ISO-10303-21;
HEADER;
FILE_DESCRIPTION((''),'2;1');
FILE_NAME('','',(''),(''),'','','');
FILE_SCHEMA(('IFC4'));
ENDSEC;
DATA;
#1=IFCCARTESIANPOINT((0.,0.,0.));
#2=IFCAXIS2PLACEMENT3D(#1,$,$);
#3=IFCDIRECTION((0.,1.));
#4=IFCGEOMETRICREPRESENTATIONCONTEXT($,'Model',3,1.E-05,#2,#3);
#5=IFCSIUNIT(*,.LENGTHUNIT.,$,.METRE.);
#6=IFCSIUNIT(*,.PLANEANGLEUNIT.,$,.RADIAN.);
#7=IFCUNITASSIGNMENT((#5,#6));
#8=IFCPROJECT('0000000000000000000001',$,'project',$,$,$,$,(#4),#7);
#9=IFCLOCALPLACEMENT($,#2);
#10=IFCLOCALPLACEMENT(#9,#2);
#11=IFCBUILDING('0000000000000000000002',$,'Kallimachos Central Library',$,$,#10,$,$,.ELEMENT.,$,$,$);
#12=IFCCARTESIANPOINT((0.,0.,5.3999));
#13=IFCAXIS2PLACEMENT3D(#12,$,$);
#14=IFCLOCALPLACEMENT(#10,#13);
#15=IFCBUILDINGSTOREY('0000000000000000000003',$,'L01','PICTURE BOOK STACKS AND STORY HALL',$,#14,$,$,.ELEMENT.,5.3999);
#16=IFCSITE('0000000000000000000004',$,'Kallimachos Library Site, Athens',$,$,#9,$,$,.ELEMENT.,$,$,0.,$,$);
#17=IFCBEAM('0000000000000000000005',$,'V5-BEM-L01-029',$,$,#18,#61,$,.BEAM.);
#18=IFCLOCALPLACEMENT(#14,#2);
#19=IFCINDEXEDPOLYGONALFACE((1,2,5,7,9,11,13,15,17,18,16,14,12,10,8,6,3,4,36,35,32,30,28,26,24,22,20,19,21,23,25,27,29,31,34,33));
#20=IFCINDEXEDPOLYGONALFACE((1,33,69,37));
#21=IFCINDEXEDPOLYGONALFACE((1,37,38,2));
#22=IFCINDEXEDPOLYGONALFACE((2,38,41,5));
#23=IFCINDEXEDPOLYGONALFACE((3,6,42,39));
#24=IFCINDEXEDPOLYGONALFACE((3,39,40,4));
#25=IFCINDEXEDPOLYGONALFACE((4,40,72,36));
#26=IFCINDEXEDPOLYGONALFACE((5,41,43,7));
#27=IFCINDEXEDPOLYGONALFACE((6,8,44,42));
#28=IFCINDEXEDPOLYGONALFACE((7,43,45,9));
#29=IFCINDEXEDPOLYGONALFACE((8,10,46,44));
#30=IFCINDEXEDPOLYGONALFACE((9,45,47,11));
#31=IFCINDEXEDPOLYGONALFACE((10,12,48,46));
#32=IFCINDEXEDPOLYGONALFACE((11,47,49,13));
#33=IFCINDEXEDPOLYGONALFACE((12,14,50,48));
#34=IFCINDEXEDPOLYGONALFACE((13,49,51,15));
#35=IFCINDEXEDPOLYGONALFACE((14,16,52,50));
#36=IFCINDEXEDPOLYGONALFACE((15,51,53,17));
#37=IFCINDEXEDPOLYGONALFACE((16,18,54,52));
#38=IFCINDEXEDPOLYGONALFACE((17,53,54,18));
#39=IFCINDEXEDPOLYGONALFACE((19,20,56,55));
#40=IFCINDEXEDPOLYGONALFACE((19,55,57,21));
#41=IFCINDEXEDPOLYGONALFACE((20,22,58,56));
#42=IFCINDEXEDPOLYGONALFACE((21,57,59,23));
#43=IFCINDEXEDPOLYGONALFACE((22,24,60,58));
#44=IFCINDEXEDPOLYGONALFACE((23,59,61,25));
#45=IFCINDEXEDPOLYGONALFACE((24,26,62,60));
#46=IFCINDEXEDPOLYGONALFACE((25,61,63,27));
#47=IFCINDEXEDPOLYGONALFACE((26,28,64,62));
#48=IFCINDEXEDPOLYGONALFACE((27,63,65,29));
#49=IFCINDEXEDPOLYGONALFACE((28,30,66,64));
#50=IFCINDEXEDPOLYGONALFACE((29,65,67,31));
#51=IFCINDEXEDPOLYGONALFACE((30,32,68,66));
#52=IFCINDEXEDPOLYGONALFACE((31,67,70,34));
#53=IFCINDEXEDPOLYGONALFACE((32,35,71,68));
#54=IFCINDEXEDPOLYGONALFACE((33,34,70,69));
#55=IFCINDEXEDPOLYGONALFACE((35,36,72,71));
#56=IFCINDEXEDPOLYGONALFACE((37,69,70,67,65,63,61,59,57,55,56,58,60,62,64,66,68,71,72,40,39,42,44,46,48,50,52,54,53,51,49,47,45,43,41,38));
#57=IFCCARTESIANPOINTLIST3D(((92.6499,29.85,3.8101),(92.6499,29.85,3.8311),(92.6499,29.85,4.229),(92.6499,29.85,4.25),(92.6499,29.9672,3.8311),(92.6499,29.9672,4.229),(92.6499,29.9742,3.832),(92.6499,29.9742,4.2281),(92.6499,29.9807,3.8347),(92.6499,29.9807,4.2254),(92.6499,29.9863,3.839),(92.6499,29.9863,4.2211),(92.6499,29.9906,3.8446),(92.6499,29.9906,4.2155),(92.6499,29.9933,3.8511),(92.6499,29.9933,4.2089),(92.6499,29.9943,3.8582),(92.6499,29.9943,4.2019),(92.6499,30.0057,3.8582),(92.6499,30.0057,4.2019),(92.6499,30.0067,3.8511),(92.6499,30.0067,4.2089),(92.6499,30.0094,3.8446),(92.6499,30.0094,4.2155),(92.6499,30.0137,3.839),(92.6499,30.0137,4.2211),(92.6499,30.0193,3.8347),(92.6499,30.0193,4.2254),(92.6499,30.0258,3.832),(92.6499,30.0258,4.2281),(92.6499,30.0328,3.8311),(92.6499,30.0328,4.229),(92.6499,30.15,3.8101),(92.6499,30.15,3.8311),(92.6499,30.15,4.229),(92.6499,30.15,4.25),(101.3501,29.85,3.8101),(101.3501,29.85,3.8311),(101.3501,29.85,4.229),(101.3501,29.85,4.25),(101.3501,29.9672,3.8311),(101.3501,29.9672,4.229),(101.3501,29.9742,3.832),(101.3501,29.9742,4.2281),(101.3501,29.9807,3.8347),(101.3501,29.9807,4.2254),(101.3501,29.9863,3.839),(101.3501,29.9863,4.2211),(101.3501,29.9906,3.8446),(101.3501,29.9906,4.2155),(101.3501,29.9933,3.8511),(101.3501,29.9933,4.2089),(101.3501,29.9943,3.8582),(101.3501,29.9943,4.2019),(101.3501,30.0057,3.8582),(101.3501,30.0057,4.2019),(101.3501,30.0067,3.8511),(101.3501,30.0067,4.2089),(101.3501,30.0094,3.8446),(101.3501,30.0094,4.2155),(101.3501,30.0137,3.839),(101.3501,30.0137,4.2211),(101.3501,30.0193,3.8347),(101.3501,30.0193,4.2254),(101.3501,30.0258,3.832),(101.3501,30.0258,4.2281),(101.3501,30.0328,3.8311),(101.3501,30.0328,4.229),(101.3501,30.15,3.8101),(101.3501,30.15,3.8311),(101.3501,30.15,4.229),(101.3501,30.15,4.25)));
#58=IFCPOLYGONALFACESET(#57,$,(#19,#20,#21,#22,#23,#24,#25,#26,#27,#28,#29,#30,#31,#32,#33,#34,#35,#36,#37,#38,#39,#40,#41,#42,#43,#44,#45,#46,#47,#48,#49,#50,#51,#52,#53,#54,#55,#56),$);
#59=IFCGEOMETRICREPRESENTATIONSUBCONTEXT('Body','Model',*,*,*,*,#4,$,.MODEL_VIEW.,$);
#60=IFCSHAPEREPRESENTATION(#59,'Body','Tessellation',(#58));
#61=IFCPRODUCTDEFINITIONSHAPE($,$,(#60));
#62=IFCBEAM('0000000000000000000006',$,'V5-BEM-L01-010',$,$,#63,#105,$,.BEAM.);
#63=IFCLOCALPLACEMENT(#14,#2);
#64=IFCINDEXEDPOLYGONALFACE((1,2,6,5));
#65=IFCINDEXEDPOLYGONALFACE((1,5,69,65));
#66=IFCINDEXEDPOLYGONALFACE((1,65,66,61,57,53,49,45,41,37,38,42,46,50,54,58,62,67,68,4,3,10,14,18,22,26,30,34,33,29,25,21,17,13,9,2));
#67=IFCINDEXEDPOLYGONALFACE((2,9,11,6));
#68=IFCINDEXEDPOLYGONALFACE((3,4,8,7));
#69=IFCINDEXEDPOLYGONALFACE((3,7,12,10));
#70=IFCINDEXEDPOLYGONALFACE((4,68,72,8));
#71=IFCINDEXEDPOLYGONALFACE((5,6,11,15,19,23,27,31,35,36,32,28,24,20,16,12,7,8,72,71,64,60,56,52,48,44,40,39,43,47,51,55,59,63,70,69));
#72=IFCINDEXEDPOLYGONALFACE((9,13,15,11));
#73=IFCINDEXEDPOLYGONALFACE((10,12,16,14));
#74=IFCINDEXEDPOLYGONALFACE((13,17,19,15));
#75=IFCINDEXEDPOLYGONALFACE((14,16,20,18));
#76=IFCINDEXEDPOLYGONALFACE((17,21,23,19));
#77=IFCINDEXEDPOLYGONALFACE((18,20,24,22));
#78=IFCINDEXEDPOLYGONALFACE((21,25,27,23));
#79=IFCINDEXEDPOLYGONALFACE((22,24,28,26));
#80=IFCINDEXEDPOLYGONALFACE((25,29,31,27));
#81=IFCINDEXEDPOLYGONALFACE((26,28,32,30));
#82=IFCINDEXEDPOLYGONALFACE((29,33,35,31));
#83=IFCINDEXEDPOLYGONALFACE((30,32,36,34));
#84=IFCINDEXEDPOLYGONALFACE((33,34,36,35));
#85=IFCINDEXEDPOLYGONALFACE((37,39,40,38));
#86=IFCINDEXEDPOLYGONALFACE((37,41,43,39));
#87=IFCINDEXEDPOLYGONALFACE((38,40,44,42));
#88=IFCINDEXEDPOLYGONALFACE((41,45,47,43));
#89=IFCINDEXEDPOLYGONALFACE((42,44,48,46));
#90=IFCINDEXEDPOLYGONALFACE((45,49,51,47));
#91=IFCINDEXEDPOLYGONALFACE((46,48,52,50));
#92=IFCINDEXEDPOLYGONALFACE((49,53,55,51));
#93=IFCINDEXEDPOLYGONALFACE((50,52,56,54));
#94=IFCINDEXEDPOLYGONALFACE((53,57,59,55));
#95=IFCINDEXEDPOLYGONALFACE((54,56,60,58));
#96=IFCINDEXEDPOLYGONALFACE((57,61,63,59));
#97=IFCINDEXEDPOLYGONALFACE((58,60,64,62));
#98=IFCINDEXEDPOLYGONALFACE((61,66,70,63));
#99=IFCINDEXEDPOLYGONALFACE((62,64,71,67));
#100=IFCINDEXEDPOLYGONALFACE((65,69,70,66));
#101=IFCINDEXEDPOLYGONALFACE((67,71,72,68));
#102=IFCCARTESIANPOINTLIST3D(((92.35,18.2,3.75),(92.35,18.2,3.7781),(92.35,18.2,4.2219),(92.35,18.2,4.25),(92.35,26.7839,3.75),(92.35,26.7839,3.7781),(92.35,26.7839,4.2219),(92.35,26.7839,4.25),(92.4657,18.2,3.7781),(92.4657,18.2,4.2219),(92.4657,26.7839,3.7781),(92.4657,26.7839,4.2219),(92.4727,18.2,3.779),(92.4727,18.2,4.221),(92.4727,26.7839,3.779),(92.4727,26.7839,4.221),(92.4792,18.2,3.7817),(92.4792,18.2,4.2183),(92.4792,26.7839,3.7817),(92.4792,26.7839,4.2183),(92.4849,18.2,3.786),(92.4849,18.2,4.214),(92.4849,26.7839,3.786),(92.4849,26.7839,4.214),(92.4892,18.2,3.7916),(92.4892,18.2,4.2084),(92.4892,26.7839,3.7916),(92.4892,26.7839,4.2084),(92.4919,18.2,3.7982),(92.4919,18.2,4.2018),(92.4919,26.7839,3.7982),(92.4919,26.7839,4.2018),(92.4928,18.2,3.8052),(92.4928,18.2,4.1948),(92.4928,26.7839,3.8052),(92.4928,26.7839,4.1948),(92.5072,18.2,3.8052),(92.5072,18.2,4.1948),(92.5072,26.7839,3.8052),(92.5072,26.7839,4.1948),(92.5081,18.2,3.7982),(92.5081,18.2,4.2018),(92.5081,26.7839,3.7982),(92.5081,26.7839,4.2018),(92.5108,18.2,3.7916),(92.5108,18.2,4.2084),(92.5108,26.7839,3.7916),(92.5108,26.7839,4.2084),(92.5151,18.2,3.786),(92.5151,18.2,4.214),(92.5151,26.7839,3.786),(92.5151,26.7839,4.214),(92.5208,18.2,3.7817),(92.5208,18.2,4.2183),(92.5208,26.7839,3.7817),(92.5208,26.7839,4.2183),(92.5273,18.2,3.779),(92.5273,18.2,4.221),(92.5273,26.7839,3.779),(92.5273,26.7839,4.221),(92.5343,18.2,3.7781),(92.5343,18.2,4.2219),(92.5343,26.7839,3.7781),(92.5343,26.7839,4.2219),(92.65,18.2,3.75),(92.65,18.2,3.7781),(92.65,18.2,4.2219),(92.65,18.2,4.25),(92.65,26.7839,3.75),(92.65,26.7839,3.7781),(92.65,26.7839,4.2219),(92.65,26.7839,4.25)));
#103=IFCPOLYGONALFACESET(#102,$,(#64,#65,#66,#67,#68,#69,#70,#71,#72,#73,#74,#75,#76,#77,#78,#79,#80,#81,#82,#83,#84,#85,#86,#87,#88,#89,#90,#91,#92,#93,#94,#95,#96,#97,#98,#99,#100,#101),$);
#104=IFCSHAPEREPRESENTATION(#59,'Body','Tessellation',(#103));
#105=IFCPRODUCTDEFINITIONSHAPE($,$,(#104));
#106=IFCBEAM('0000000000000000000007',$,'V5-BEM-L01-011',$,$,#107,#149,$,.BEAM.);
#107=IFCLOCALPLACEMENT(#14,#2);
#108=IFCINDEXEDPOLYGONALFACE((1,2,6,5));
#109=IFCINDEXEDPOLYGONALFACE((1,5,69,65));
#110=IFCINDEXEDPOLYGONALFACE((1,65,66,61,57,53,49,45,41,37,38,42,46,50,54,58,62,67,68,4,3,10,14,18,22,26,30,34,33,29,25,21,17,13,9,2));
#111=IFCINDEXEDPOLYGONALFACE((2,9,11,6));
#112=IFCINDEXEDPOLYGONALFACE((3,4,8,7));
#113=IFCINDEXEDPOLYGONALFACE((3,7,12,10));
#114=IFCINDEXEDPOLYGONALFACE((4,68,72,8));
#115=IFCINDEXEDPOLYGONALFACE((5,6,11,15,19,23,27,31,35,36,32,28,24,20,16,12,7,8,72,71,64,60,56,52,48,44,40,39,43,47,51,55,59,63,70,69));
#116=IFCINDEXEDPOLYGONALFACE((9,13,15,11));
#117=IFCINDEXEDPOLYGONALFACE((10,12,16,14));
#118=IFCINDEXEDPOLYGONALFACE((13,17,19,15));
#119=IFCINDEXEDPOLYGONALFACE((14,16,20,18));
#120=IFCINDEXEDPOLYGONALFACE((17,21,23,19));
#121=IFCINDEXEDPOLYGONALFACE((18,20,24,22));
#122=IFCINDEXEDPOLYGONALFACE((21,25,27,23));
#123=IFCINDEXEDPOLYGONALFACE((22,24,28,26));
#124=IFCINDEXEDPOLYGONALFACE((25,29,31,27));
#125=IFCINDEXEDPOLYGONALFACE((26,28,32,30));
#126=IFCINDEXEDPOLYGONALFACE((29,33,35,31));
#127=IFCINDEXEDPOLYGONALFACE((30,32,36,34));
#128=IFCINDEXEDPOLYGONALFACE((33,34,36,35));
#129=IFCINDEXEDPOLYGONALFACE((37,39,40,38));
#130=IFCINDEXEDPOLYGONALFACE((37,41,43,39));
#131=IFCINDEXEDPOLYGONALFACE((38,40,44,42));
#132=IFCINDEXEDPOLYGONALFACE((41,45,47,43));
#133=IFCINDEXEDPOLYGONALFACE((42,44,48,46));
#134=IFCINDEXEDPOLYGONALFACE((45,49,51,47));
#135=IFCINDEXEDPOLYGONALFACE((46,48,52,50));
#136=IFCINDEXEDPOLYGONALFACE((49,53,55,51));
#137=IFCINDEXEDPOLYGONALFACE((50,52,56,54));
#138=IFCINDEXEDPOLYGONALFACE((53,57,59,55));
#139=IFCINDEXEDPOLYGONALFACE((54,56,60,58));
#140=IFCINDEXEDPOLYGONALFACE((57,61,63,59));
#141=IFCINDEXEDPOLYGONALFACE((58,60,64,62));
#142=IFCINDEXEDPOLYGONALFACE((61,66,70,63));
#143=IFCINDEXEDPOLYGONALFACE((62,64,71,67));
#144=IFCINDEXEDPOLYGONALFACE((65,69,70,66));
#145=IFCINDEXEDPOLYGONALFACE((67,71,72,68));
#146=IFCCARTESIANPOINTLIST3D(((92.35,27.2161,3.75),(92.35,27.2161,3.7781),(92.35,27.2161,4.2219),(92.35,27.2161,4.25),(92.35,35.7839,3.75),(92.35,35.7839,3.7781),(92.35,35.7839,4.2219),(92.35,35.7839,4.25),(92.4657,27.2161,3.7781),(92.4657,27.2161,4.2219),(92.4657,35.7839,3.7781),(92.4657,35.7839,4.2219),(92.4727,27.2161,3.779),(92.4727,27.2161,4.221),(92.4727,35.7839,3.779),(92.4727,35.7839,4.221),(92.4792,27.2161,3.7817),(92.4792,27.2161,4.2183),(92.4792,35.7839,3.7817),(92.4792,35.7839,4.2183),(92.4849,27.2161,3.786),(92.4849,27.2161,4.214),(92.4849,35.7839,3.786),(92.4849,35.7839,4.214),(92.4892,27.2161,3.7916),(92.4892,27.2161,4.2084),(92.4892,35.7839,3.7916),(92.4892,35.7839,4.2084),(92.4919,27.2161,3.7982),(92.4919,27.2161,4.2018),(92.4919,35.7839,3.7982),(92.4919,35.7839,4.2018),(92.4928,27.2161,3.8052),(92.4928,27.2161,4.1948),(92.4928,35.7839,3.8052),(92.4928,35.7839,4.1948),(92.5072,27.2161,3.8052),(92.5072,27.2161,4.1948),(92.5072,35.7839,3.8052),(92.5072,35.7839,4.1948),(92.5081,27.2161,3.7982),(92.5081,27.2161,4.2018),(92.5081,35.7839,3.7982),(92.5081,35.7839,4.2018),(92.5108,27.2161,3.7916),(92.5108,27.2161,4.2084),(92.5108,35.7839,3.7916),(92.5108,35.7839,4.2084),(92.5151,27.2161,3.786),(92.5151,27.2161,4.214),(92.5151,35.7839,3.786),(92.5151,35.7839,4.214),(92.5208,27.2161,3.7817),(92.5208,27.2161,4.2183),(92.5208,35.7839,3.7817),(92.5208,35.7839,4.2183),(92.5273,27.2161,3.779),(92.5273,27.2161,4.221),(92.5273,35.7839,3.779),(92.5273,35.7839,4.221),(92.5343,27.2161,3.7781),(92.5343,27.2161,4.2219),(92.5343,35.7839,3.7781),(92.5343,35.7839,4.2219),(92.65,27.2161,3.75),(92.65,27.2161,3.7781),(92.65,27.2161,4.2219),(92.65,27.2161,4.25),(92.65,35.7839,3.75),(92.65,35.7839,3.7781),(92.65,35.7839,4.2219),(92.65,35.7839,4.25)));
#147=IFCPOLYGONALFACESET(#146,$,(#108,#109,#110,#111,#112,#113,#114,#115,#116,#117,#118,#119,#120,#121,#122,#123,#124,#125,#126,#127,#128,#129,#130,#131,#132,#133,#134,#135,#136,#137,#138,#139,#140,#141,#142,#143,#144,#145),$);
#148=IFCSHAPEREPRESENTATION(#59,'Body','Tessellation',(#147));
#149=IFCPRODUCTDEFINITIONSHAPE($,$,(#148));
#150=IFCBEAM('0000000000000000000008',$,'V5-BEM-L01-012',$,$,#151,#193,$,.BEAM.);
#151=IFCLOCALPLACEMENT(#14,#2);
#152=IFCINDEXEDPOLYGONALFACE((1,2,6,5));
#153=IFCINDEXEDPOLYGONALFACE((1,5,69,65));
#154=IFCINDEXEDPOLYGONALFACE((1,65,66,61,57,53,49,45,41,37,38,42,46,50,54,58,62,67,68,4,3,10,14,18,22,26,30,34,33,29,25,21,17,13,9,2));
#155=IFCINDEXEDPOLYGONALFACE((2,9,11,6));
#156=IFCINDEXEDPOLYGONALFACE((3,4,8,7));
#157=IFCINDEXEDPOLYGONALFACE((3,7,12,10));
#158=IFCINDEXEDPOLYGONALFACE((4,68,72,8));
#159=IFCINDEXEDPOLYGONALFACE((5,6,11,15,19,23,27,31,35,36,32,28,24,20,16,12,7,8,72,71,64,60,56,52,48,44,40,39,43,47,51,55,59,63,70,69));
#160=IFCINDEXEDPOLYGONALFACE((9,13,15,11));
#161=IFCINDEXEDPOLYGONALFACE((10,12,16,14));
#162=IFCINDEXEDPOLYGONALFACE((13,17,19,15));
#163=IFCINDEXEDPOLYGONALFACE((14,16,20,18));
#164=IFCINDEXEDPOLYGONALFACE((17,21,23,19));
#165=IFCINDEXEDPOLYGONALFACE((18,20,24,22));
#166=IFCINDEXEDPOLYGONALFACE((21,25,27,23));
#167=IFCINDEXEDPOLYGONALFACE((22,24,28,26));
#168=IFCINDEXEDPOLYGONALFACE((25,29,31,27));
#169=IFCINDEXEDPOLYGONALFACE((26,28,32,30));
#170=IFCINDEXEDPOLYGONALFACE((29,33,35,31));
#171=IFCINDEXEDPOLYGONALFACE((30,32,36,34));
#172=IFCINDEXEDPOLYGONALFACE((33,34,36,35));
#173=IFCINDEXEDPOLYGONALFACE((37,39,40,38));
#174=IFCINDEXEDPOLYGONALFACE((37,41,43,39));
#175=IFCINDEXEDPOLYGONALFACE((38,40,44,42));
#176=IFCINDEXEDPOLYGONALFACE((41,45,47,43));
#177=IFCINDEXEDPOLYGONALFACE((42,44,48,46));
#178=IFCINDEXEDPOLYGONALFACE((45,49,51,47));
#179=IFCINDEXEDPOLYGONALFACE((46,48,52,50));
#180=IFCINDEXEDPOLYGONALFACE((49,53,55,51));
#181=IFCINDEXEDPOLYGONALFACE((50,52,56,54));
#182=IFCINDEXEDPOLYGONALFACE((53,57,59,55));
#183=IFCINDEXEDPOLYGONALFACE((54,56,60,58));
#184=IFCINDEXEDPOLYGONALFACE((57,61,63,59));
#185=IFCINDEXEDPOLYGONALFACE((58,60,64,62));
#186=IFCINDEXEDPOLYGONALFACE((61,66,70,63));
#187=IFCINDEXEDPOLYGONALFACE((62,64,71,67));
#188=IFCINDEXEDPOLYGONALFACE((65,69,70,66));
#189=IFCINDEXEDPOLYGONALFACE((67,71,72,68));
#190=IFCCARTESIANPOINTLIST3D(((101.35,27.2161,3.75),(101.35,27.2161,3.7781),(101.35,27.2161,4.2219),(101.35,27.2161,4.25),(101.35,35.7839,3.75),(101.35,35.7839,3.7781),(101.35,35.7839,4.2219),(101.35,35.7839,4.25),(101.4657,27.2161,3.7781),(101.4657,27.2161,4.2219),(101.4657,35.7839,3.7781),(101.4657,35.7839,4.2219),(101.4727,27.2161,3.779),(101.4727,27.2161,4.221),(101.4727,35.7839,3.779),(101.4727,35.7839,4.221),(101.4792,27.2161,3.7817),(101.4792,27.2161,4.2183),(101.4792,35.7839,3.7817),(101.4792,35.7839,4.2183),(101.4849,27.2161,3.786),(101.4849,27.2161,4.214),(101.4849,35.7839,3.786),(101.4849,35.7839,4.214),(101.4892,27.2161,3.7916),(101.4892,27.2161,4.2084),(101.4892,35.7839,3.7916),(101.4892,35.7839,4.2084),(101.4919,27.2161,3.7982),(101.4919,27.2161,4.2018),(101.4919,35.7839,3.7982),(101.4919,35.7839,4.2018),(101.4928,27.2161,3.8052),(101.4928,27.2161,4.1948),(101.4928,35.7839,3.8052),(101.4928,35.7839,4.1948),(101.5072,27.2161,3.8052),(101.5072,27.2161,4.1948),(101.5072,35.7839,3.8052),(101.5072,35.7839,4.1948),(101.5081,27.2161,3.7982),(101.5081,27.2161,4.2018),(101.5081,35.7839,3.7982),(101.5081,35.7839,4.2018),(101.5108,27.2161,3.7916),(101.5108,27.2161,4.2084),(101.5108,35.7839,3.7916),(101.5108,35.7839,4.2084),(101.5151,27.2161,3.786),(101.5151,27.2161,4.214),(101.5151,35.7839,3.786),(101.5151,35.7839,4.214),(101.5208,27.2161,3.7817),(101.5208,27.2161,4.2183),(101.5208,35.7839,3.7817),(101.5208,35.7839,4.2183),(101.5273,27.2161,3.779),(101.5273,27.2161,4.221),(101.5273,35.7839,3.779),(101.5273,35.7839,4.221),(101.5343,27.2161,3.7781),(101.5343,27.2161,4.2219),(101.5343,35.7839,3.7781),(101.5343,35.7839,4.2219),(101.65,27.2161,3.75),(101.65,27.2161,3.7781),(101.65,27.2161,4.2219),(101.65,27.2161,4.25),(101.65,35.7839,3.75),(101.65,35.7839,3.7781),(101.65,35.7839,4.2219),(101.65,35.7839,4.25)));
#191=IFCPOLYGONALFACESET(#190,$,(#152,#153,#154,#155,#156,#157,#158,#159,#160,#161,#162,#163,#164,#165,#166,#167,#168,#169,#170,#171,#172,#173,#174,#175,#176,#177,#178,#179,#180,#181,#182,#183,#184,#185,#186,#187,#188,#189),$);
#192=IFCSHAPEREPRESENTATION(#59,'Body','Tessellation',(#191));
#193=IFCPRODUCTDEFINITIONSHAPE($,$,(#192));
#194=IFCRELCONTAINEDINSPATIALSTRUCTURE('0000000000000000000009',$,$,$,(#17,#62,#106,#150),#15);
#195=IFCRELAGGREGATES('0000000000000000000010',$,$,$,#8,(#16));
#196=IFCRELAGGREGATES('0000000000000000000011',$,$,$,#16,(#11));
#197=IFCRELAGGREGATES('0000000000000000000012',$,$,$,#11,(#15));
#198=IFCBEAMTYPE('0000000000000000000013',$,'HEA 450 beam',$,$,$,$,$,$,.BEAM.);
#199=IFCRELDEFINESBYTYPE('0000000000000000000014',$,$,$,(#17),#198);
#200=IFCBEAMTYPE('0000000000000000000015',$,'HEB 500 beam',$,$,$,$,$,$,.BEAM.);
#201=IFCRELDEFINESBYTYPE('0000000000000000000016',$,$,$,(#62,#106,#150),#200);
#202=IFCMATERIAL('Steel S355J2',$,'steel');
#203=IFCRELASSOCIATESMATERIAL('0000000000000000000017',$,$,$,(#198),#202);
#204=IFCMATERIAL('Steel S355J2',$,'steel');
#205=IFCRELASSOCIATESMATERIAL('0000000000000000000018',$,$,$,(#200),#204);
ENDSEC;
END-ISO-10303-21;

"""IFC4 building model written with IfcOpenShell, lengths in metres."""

from ifc_helpers import new_model, si_unit, direction, frame, origin, origin_2d, place, context, subcontext, project, spatial, i_section, extrude, material, material_profile, profile_set, type_object, element, save


model = new_model("IFC4")

# Units and contexts
model_context = context("Model", 3, precision=1e-05, world=origin(), true_north=direction((0.0, 1.0)))
body_context = subcontext(model_context, "Body", "Model", "MODEL_VIEW")
ifc_project = project(units=[si_unit("LENGTHUNIT", "METRE"), si_unit("PLANEANGLEUNIT", "RADIAN")], contexts=[model_context])

# Site, building, storey
site_placement = place(None, origin())
site = spatial("IfcSite", under=ifc_project, at=site_placement, Name="Kallimachos Library Site, Athens", CompositionType="ELEMENT", RefElevation=0.0)
building_placement = place(site_placement, origin())
building = spatial("IfcBuilding", under=site, at=building_placement, Name="Kallimachos Central Library", CompositionType="ELEMENT")
storey_placement = place(building_placement, frame((0.0, 0.0, 5.3999)))
storey = spatial("IfcBuildingStorey", under=building, at=storey_placement, Name="L01", Description="PICTURE BOOK STACKS AND STORY HALL", CompositionType="ELEMENT", Elevation=5.3999)

# Beams
ifc_material_1 = material(Name="Steel S355J2", Category="steel")
ifc_material_profile_1 = material_profile(ifc_material_1, i_section(OverallWidth=0.3, OverallDepth=0.4399, WebThickness=0.0115, FlangeThickness=0.021, FilletRadius=0.0271, at=origin_2d()), Name="HEA 450")
ifc_profile_set_1 = profile_set([ifc_material_profile_1], Name="Steel S355J2")
beam_type_1 = type_object("IfcBeamType", Name="HEA 450 beam", PredefinedType="BEAM", material=ifc_profile_set_1)
beam_1_placement = place(storey_placement, frame((92.6499, 30.0, 4.03), z_axis=(1.0, 0.0, 0.0), x_axis=(0.0, 1.0, 0.0)))
element("IfcBeam", 1, at=beam_1_placement, inside=storey, type_object=beam_type_1, Name="V5-BEM-L01-029", PredefinedType="BEAM", context=body_context, shape_type="SweptSolid", body=[
    extrude(i_section(OverallWidth=0.3, OverallDepth=0.4399, WebThickness=0.0115, FlangeThickness=0.021, FilletRadius=0.0271, at=origin_2d()), origin(), (0.0, 0.0, 1.0), 8.7002),
])
ifc_material_2 = material(Name="Steel S355J2", Category="steel")
ifc_material_profile_2 = material_profile(ifc_material_2, i_section(OverallWidth=0.3, OverallDepth=0.5, WebThickness=0.0144, FlangeThickness=0.0281, FilletRadius=0.0271, at=origin_2d()), Name="HEB 500")
ifc_profile_set_2 = profile_set([ifc_material_profile_2], Name="Steel S355J2")
beam_type_2 = type_object("IfcBeamType", Name="HEB 500 beam", PredefinedType="BEAM", material=ifc_profile_set_2)
beam_2_placement = place(storey_placement, frame((92.5, 18.2, 4.0), z_axis=(0.0, 1.0, 0.0), x_axis=(-1.0, 0.0, 0.0)))
element("IfcBeam", 2, at=beam_2_placement, inside=storey, type_object=beam_type_2, Name="V5-BEM-L01-010", PredefinedType="BEAM", context=body_context, shape_type="SweptSolid", body=[
    extrude(i_section(OverallWidth=0.3, OverallDepth=0.5, WebThickness=0.0144, FlangeThickness=0.0281, FilletRadius=0.0271, at=origin_2d()), origin(), (0.0, 0.0, 1.0), 8.584),
])
for number, where, z_axis, x_axis, name in (
    (3, (92.5, 27.2161, 4.0), (0.0, 1.0, 0.0), (-1.0, 0.0, 0.0), "V5-BEM-L01-011"),
    (4, (101.5, 27.2161, 4.0), (0.0, 1.0, 0.0), (-1.0, 0.0, 0.0), "V5-BEM-L01-012"),
):
    element("IfcBeam", number, at=place(storey_placement, frame(where, z_axis=z_axis, x_axis=x_axis)), inside=storey, type_object=beam_type_2, Name=name, PredefinedType="BEAM", context=body_context, shape_type="SweptSolid", body=[
        extrude(i_section(OverallWidth=0.3, OverallDepth=0.5, WebThickness=0.0144, FlangeThickness=0.0281, FilletRadius=0.0271, at=origin_2d()), origin(), (0.0, 0.0, 1.0), 8.5679),
    ])

save(model, "model.ifc")
